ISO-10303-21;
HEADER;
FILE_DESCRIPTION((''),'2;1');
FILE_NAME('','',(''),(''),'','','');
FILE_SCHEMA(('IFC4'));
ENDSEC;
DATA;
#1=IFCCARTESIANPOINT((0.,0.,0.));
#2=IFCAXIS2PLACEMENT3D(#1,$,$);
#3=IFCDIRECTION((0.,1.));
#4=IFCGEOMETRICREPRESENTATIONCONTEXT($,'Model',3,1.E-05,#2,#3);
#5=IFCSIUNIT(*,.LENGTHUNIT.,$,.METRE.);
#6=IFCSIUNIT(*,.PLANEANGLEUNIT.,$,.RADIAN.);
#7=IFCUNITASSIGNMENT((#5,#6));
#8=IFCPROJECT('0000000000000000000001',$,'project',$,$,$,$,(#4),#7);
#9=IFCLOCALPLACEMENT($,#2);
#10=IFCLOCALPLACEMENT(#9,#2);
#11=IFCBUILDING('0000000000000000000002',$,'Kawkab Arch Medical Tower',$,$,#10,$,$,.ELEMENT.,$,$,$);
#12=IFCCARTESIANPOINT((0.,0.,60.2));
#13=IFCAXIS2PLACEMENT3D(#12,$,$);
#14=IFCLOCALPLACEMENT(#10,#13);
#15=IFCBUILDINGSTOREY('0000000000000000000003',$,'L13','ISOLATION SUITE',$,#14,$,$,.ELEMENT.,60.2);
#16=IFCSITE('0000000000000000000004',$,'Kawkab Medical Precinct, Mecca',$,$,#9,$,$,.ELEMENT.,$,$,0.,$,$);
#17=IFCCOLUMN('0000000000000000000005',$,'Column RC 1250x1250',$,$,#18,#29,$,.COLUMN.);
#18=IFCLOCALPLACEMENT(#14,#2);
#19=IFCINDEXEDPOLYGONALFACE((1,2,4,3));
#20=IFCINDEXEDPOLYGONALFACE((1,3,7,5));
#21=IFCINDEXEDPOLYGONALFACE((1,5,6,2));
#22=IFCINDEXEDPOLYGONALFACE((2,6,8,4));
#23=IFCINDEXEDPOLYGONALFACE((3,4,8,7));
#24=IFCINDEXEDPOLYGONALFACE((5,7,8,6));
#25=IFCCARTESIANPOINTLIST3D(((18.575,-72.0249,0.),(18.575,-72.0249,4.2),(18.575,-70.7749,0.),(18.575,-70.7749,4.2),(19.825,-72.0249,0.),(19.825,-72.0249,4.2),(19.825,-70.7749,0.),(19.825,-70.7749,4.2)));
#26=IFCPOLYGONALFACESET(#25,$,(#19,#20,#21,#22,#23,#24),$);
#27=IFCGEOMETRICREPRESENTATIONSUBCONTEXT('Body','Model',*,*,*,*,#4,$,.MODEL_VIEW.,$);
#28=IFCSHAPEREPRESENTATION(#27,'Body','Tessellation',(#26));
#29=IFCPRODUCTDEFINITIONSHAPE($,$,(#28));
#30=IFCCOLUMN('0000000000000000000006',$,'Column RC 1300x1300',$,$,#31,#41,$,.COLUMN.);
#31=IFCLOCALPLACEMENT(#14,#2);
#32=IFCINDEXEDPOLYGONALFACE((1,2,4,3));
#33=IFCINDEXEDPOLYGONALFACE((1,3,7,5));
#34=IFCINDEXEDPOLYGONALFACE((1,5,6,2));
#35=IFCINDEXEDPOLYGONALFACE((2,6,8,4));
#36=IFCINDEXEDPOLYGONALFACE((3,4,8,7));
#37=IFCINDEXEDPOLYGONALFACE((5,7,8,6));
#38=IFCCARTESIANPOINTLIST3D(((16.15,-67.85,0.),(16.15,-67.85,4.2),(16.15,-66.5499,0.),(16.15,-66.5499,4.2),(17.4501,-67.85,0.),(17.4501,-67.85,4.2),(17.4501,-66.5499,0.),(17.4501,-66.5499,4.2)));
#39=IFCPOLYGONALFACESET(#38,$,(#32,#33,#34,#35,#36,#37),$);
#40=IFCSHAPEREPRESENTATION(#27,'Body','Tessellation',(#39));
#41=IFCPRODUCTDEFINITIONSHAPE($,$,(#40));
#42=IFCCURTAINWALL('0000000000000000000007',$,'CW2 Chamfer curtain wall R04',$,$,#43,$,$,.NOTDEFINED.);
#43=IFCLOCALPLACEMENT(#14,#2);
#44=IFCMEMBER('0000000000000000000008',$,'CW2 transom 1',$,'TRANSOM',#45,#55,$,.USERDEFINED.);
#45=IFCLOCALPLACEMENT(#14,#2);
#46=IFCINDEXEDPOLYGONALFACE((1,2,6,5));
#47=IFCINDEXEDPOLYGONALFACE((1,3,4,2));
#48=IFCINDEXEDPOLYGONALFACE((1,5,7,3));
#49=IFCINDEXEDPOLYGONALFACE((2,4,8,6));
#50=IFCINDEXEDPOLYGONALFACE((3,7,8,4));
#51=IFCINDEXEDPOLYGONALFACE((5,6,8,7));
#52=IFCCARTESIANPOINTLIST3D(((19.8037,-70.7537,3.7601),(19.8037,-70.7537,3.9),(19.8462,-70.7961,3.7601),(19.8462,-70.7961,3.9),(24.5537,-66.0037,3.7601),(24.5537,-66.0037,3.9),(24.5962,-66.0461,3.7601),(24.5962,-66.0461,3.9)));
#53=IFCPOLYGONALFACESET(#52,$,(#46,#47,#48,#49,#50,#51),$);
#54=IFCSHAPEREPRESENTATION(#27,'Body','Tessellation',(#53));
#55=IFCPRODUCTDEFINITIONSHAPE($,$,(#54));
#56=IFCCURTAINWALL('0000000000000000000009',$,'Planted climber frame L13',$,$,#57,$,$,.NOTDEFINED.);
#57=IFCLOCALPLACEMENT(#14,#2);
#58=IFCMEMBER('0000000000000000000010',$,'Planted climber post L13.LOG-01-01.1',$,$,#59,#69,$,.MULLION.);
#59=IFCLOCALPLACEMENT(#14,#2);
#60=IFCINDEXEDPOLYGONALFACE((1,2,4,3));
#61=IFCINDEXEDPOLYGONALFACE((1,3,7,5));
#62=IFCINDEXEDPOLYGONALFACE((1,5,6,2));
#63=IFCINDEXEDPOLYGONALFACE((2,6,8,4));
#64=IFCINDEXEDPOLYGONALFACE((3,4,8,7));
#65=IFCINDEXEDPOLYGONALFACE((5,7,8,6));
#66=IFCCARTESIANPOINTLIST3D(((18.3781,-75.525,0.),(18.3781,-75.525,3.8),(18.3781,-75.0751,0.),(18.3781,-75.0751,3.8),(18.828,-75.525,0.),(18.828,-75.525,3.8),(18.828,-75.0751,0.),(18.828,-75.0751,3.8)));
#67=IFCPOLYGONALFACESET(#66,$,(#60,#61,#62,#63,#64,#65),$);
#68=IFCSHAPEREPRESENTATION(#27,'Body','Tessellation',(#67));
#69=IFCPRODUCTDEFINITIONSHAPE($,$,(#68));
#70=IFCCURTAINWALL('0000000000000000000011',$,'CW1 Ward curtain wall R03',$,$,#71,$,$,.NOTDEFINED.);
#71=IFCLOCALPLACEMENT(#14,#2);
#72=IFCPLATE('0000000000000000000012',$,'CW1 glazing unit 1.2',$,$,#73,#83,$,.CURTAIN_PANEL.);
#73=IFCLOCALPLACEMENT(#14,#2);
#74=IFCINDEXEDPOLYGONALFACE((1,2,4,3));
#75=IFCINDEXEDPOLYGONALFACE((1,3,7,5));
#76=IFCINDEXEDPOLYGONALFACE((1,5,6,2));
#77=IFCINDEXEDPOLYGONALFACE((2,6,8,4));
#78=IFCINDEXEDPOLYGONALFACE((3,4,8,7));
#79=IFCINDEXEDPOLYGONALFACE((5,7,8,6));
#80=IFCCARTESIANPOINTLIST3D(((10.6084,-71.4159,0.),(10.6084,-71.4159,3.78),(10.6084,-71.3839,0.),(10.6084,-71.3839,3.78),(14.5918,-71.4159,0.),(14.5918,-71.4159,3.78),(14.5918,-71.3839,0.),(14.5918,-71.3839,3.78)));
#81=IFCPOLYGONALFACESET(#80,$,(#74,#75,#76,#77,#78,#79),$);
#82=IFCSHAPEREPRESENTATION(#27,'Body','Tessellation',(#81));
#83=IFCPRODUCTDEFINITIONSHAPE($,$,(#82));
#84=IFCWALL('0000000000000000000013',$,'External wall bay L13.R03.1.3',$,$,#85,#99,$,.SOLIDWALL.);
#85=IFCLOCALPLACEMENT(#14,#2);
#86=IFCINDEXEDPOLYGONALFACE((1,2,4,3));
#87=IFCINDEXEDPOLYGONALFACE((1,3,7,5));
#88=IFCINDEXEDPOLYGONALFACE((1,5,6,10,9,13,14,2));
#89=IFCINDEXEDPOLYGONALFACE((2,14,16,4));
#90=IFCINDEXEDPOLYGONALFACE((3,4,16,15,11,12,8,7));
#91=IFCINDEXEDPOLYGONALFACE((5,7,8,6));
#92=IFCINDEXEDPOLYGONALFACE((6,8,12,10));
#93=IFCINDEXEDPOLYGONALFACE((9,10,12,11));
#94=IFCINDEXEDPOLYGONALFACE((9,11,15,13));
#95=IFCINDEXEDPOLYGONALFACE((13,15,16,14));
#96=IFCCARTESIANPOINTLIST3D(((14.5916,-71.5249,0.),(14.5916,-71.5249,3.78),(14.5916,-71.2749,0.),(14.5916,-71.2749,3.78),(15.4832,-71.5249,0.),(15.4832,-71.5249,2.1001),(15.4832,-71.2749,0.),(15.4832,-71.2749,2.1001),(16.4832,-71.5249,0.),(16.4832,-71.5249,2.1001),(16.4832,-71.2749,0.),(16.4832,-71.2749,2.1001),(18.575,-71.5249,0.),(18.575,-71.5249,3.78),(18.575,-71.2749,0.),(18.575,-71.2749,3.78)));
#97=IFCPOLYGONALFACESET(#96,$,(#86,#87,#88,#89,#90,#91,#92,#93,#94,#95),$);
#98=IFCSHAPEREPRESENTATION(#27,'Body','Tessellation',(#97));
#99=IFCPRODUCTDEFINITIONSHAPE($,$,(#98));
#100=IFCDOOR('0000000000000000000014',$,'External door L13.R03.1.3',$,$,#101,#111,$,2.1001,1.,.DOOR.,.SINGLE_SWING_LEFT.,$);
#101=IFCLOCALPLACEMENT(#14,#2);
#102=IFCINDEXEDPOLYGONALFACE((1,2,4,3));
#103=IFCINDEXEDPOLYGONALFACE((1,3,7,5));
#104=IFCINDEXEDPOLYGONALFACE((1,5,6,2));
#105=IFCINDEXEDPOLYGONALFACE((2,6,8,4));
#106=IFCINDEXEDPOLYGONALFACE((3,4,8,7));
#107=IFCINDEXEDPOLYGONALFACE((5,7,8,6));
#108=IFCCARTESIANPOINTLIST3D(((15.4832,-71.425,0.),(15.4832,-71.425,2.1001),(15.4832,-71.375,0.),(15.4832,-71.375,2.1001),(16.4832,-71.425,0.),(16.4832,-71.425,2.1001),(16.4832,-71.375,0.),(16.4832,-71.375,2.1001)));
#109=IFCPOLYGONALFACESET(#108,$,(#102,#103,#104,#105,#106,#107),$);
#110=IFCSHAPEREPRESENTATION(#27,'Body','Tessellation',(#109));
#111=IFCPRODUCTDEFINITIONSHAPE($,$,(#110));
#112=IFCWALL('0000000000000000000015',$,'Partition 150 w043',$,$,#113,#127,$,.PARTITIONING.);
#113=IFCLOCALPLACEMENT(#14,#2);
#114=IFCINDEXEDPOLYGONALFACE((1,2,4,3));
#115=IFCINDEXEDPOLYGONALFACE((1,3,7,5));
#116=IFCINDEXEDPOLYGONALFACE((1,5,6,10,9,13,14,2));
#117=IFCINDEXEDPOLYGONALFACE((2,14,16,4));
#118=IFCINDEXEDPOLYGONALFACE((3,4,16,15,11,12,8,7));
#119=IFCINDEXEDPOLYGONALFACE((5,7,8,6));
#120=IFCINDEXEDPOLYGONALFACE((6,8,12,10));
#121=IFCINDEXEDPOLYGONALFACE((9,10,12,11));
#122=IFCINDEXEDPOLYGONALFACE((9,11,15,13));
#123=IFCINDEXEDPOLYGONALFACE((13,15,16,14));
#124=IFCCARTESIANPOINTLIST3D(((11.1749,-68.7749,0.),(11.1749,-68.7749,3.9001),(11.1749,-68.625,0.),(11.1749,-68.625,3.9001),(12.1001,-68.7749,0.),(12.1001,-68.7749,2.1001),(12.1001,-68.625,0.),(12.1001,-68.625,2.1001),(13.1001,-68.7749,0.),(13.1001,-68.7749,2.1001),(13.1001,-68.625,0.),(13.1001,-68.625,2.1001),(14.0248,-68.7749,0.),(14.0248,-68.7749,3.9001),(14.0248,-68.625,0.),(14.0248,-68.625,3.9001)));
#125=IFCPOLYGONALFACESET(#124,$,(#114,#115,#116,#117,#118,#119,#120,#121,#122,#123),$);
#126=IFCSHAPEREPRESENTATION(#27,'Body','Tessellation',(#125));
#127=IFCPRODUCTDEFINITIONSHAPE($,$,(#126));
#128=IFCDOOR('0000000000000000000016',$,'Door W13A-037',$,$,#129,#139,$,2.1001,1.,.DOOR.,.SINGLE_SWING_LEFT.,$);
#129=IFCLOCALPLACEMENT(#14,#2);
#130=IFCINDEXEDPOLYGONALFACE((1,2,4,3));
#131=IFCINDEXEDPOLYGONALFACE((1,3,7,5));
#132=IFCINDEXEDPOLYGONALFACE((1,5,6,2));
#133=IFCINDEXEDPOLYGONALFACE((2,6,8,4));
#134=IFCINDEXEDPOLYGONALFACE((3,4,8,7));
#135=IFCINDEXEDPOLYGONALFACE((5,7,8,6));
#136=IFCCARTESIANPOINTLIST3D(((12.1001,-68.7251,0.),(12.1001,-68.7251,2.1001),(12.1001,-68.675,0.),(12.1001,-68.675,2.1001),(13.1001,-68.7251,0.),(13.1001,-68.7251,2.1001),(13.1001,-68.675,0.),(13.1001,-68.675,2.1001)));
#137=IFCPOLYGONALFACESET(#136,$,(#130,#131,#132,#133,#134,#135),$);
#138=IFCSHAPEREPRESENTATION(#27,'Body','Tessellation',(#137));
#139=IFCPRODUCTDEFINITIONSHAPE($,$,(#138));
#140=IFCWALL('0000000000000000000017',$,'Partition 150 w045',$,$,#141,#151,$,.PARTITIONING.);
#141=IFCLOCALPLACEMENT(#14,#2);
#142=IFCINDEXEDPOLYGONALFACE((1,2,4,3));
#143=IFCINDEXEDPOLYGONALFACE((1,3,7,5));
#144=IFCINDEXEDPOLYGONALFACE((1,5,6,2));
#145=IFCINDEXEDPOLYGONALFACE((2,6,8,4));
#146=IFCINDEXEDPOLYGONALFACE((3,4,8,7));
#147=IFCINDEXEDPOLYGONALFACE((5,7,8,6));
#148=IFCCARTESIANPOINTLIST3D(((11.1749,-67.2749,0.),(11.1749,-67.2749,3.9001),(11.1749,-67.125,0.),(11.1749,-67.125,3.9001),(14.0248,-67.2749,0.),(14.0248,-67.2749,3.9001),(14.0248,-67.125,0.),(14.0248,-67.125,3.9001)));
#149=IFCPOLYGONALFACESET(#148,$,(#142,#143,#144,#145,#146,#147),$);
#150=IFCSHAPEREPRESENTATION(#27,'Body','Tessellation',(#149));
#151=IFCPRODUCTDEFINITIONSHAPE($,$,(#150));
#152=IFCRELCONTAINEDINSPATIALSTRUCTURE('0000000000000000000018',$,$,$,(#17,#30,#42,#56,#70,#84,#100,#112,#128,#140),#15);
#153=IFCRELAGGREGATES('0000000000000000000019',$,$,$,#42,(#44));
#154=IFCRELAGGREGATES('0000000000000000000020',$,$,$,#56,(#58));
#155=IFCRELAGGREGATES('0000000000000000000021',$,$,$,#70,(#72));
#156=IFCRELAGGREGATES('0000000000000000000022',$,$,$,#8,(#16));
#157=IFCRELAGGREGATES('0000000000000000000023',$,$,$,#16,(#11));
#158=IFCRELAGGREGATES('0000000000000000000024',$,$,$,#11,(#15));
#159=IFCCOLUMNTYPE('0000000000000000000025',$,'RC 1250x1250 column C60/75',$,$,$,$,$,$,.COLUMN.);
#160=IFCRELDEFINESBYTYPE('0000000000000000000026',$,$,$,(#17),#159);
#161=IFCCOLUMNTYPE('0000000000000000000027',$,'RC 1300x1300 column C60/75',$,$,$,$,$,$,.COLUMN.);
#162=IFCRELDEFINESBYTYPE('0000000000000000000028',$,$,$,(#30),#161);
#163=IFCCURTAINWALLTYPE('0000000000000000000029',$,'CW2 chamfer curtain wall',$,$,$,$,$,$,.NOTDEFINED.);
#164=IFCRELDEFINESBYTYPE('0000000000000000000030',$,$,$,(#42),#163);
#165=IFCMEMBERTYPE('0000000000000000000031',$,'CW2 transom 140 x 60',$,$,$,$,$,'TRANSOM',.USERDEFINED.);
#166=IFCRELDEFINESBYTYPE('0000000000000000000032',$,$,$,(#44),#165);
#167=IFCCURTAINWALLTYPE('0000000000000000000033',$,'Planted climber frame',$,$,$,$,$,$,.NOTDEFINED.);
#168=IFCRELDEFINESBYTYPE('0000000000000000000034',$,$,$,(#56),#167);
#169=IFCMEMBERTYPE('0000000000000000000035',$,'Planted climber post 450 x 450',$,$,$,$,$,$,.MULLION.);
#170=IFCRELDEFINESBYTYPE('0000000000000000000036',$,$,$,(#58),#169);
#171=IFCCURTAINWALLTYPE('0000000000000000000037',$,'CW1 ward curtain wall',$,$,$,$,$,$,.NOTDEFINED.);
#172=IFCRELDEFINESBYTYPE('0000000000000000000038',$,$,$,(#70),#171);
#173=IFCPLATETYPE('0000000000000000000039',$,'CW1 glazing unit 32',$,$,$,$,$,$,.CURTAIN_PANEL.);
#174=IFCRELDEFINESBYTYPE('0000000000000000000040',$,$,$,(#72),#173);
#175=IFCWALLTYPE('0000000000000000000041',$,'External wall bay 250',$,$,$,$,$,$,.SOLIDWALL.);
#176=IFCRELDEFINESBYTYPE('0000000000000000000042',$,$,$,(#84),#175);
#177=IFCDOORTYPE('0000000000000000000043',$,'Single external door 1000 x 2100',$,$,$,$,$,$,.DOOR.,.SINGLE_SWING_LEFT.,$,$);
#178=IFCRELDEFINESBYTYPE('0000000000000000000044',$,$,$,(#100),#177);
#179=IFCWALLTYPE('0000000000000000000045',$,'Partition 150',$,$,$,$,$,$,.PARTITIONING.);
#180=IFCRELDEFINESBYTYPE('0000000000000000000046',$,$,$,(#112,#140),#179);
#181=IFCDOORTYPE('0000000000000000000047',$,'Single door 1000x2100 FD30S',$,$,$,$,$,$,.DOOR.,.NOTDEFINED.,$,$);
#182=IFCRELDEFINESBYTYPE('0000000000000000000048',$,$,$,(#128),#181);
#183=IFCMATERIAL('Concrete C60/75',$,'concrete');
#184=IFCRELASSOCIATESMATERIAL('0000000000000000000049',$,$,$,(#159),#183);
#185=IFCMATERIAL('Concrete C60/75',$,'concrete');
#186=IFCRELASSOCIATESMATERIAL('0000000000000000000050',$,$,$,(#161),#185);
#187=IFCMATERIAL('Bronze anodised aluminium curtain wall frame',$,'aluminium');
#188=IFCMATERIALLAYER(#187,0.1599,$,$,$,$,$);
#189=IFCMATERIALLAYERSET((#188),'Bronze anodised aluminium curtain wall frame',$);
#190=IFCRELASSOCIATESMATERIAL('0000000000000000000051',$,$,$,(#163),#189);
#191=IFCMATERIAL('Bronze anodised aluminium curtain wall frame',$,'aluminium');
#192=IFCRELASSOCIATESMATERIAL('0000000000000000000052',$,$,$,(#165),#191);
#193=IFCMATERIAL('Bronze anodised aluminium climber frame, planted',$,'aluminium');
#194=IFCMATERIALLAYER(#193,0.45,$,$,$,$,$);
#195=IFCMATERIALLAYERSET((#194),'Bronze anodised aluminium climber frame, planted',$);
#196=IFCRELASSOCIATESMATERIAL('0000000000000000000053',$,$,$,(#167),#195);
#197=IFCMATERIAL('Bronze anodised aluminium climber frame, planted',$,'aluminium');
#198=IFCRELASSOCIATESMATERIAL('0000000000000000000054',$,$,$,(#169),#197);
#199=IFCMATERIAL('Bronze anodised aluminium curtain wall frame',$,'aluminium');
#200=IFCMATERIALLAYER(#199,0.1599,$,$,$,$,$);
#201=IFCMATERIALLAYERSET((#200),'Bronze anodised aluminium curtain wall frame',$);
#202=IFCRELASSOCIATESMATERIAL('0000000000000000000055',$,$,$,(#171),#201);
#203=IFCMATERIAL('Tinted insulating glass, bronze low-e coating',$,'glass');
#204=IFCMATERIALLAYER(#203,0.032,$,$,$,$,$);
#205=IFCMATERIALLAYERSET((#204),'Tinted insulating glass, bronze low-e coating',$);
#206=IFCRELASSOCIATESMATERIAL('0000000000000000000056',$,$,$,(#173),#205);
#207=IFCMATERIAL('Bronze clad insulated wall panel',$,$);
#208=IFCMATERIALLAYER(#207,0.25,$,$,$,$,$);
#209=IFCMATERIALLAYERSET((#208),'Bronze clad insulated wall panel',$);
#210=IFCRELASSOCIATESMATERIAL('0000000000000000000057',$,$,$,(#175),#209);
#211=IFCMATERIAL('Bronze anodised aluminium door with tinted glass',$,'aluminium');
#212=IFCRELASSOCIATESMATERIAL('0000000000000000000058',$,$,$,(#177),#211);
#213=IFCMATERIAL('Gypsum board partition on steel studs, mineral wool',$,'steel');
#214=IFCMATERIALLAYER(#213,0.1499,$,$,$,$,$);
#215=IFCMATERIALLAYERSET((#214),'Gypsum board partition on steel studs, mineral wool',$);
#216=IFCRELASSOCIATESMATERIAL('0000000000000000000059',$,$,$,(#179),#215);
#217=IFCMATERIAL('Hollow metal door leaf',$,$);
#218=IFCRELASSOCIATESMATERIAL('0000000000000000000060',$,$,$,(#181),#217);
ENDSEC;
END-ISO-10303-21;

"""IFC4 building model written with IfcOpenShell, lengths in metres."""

from ifc_helpers import new_model, si_unit, direction, frame, frame_2d, origin, origin_2d, place, context, subcontext, project, spatial, rectangle, extrude, material, layer, layer_set, material_profile, profile_set, type_object, element, fill, aggregate, save


model = new_model("IFC4")

# Units and contexts
model_context = context("Model", 3, precision=1e-05, world=origin(), true_north=direction((0.0, 1.0)))
body_context = subcontext(model_context, "Body", "Model", "MODEL_VIEW")
ifc_project = project(units=[si_unit("LENGTHUNIT", "METRE"), si_unit("PLANEANGLEUNIT", "RADIAN")], contexts=[model_context])

# Site, building, storey
site_placement = place(None, origin())
site = spatial("IfcSite", under=ifc_project, at=site_placement, Name="Kawkab Medical Precinct, Mecca", CompositionType="ELEMENT", RefElevation=0.0)
building_placement = place(site_placement, origin())
building = spatial("IfcBuilding", under=site, at=building_placement, Name="Kawkab Arch Medical Tower", CompositionType="ELEMENT")
storey_placement = place(building_placement, frame((0.0, 0.0, 60.2)))
storey = spatial("IfcBuildingStorey", under=building, at=storey_placement, Name="L13", Description="ISOLATION SUITE", CompositionType="ELEMENT", Elevation=60.2)

# Columns
ifc_material_1 = material(Name="Concrete C60/75", Category="concrete")
ifc_material_profile_1 = material_profile(ifc_material_1, rectangle(XDim=1.25, YDim=1.25, at=origin_2d()), Name="RC 1250x1250")
ifc_profile_set_1 = profile_set([ifc_material_profile_1], Name="Concrete C60/75")
column_type_1 = type_object("IfcColumnType", Name="RC 1250x1250 column C60/75", PredefinedType="COLUMN", material=ifc_profile_set_1)
column_1_placement = place(storey_placement, frame((19.2, -71.3999, 0.0), z_axis=(0.0, 0.0, 1.0), x_axis=(1.0, 0.0, 0.0)))
element("IfcColumn", 1, at=column_1_placement, inside=storey, type_object=column_type_1, Name="Column RC 1250x1250", PredefinedType="COLUMN", context=body_context, shape_type="SweptSolid", body=[
    extrude(rectangle(XDim=1.25, YDim=1.25, at=origin_2d()), origin(), (0.0, 0.0, 1.0), 4.2),
])
ifc_material_2 = material(Name="Concrete C60/75", Category="concrete")
ifc_material_profile_2 = material_profile(ifc_material_2, rectangle(XDim=1.3, YDim=1.3, at=origin_2d()), Name="RC 1300x1300")
ifc_profile_set_2 = profile_set([ifc_material_profile_2], Name="Concrete C60/75")
column_type_2 = type_object("IfcColumnType", Name="RC 1300x1300 column C60/75", PredefinedType="COLUMN", material=ifc_profile_set_2)
column_2_placement = place(storey_placement, frame((16.8, -67.2, 0.0), z_axis=(0.0, 0.0, 1.0), x_axis=(1.0, 0.0, 0.0)))
element("IfcColumn", 2, at=column_2_placement, inside=storey, type_object=column_type_2, Name="Column RC 1300x1300", PredefinedType="COLUMN", context=body_context, shape_type="SweptSolid", body=[
    extrude(rectangle(XDim=1.3, YDim=1.3, at=origin_2d()), origin(), (0.0, 0.0, 1.0), 4.2),
])

# Curtain walls, members
ifc_material_3 = material(Name="Bronze anodised aluminium curtain wall frame", Category="aluminium")
ifc_layer_1 = layer(ifc_material_3, 0.1599)
ifc_layer_set_1 = layer_set([ifc_layer_1], Name="Bronze anodised aluminium curtain wall frame")
curtain_wall_type_1 = type_object("IfcCurtainWallType", Name="CW2 chamfer curtain wall", PredefinedType="NOTDEFINED", material=ifc_layer_set_1)
placement = place(storey_placement, origin())
curtain_wall_1 = element("IfcCurtainWall", 3, at=placement, inside=storey, type_object=curtain_wall_type_1, Name="CW2 Chamfer curtain wall R04", PredefinedType="NOTDEFINED")
ifc_material_4 = material(Name="Bronze anodised aluminium curtain wall frame", Category="aluminium")
ifc_material_profile_3 = material_profile(ifc_material_4, rectangle(XDim=0.0601, YDim=0.1399, at=origin_2d()), Name="AL 60x140")
ifc_profile_set_3 = profile_set([ifc_material_profile_3], Name="Bronze anodised aluminium curtain wall frame")
member_type_1 = type_object("IfcMemberType", Name="CW2 transom 140 x 60", ElementType="TRANSOM", PredefinedType="USERDEFINED", material=ifc_profile_set_3)
member_1_placement = place(storey_placement, frame((19.825, -70.7749, 3.8301), z_axis=(0.707107, 0.707107, 0.0), x_axis=(-0.707107, 0.707107, 0.0)))
member_1 = element("IfcMember", 4, at=member_1_placement, type_object=member_type_1, Name="CW2 transom 1", ObjectType="TRANSOM", PredefinedType="USERDEFINED", context=body_context, shape_type="SweptSolid", body=[
    extrude(rectangle(XDim=0.0601, YDim=0.1399, at=origin_2d()), origin(), (0.0, 0.0, 1.0), 6.7175),
])
aggregate(curtain_wall_1, [member_1])
ifc_material_5 = material(Name="Bronze anodised aluminium climber frame, planted", Category="aluminium")
ifc_layer_2 = layer(ifc_material_5, 0.45)
ifc_layer_set_2 = layer_set([ifc_layer_2], Name="Bronze anodised aluminium climber frame, planted")
curtain_wall_type_2 = type_object("IfcCurtainWallType", Name="Planted climber frame", PredefinedType="NOTDEFINED", material=ifc_layer_set_2)
curtain_wall_2 = element("IfcCurtainWall", 5, at=placement, inside=storey, type_object=curtain_wall_type_2, Name="Planted climber frame L13", PredefinedType="NOTDEFINED")
ifc_material_6 = material(Name="Bronze anodised aluminium climber frame, planted", Category="aluminium")
ifc_material_profile_4 = material_profile(ifc_material_6, rectangle(XDim=0.45, YDim=0.45, at=origin_2d()), Name="Post 450x450")
ifc_profile_set_4 = profile_set([ifc_material_profile_4], Name="Bronze anodised aluminium climber frame, planted")
member_type_2 = type_object("IfcMemberType", Name="Planted climber post 450 x 450", PredefinedType="MULLION", material=ifc_profile_set_4)
member_2_placement = place(storey_placement, frame((18.603, -75.3, 0.0), z_axis=(0.0, 0.0, 1.0), x_axis=(1.0, 0.0, 0.0)))
member_2 = element("IfcMember", 6, at=member_2_placement, type_object=member_type_2, Name="Planted climber post L13.LOG-01-01.1", PredefinedType="MULLION", context=body_context, shape_type="SweptSolid", body=[
    extrude(rectangle(XDim=0.45, YDim=0.45, at=origin_2d()), origin(), (0.0, 0.0, 1.0), 3.8),
])
aggregate(curtain_wall_2, [member_2])

# Curtain wall, plate
ifc_material_7 = material(Name="Bronze anodised aluminium curtain wall frame", Category="aluminium")
ifc_layer_3 = layer(ifc_material_7, 0.1599)
ifc_layer_set_3 = layer_set([ifc_layer_3], Name="Bronze anodised aluminium curtain wall frame")
curtain_wall_type_3 = type_object("IfcCurtainWallType", Name="CW1 ward curtain wall", PredefinedType="NOTDEFINED", material=ifc_layer_set_3)
curtain_wall_3 = element("IfcCurtainWall", 7, at=placement, inside=storey, type_object=curtain_wall_type_3, Name="CW1 Ward curtain wall R03", PredefinedType="NOTDEFINED")
ifc_material_8 = material(Name="Tinted insulating glass, bronze low-e coating", Category="glass")
ifc_layer_4 = layer(ifc_material_8, 0.032)
ifc_layer_set_4 = layer_set([ifc_layer_4], Name="Tinted insulating glass, bronze low-e coating")
plate_type = type_object("IfcPlateType", Name="CW1 glazing unit 32", PredefinedType="CURTAIN_PANEL", material=ifc_layer_set_4)
plate_placement = place(storey_placement, frame((12.6001, -71.3999, 0.0), z_axis=(0.0, 0.0, 1.0), x_axis=(1.0, 0.0, 0.0)))
plate = element("IfcPlate", 8, at=plate_placement, type_object=plate_type, Name="CW1 glazing unit 1.2", PredefinedType="CURTAIN_PANEL", context=body_context, shape_type="SweptSolid", body=[
    extrude(rectangle(XDim=3.9834, YDim=0.032, at=origin_2d()), origin(), (0.0, 0.0, 1.0), 3.78),
])
aggregate(curtain_wall_3, [plate])

# Walls, openings, doors
ifc_material_9 = material(Name="Bronze clad insulated wall panel")
ifc_layer_5 = layer(ifc_material_9, 0.25)
ifc_layer_set_5 = layer_set([ifc_layer_5], Name="Bronze clad insulated wall panel")
wall_type_1 = type_object("IfcWallType", Name="External wall bay 250", PredefinedType="SOLIDWALL", material=ifc_layer_set_5)
wall_1_placement = place(storey_placement, frame((14.5916, -71.3999, 0.0), z_axis=(0.0, 0.0, 1.0), x_axis=(1.0, 0.0, 0.0)))
wall_1 = element("IfcWall", 9, at=wall_1_placement, inside=storey, type_object=wall_type_1, Name="External wall bay L13.R03.1.3", PredefinedType="SOLIDWALL", context=body_context, shape_type="SweptSolid", body=[
    extrude(rectangle(XDim=3.9834, YDim=0.25, at=frame_2d((1.9917, 0.0))), origin(), (0.0, 0.0, 1.0), 3.78),
])
opening_1_placement = place(wall_1_placement, frame((0.8916, 0.0, 0.0)))
opening_1 = element("IfcOpeningElement", 10, at=opening_1_placement, cuts=wall_1, PredefinedType="OPENING", context=body_context, shape_type="SweptSolid", body=[
    extrude(rectangle(XDim=1.0, YDim=2.1001, at=frame_2d((0.5, 1.05))), frame((0.0, 0.135, 0.0), z_axis=(0.0, -1.0, 0.0), x_axis=(1.0, 0.0, 0.0)), (0.0, 0.0, 1.0), 0.27),
])
ifc_material_10 = material(Name="Bronze anodised aluminium door with tinted glass", Category="aluminium")
door_type_1 = type_object("IfcDoorType", Name="Single external door 1000 x 2100", OperationType="SINGLE_SWING_LEFT", PredefinedType="DOOR", material=ifc_material_10)
door_1_placement = place(opening_1_placement, origin())
door_1 = element("IfcDoor", 11, at=door_1_placement, inside=storey, type_object=door_type_1, Name="External door L13.R03.1.3", OperationType="SINGLE_SWING_LEFT", OverallHeight=2.1001, OverallWidth=1.0, PredefinedType="DOOR", context=body_context, shape_type="SweptSolid", body=[
    extrude(rectangle(XDim=1.0, YDim=2.1001, at=frame_2d((0.5, 1.05))), frame((0.0, 0.0249, 0.0), z_axis=(0.0, -1.0, 0.0), x_axis=(1.0, 0.0, 0.0)), (0.0, 0.0, 1.0), 0.05),
])
fill(opening_1, door_1)
ifc_material_11 = material(Name="Gypsum board partition on steel studs, mineral wool", Category="steel")
ifc_layer_6 = layer(ifc_material_11, 0.1499)
ifc_layer_set_6 = layer_set([ifc_layer_6], Name="Gypsum board partition on steel studs, mineral wool")
wall_type_2 = type_object("IfcWallType", Name="Partition 150", PredefinedType="PARTITIONING", material=ifc_layer_set_6)
wall_2_placement = place(storey_placement, frame((11.175, -68.7, 0.0), z_axis=(0.0, 0.0, 1.0), x_axis=(1.0, 0.0, 0.0)))
wall_2 = element("IfcWall", 12, at=wall_2_placement, inside=storey, type_object=wall_type_2, Name="Partition 150 w043", PredefinedType="PARTITIONING", context=body_context, shape_type="SweptSolid", body=[
    extrude(rectangle(XDim=2.8499, YDim=0.1499, at=frame_2d((1.4248, 0.0))), origin(), (0.0, 0.0, 1.0), 3.9001),
])
opening_2_placement = place(wall_2_placement, frame((0.925, 0.0, 0.0)))
opening_2 = element("IfcOpeningElement", 13, at=opening_2_placement, cuts=wall_2, PredefinedType="OPENING", context=body_context, shape_type="SweptSolid", body=[
    extrude(rectangle(XDim=1.0, YDim=2.1001, at=frame_2d((0.5, 1.05))), frame((0.0, 0.085, 0.0), z_axis=(0.0, -1.0, 0.0), x_axis=(1.0, 0.0, 0.0)), (0.0, 0.0, 1.0), 0.1699),
])
ifc_material_12 = material(Name="Hollow metal door leaf")
door_type_2 = type_object("IfcDoorType", Name="Single door 1000x2100 FD30S", OperationType="NOTDEFINED", PredefinedType="DOOR", material=ifc_material_12)
door_2_placement = place(opening_2_placement, origin())
door_2 = element("IfcDoor", 14, at=door_2_placement, inside=storey, type_object=door_type_2, Name="Door W13A-037", OperationType="SINGLE_SWING_LEFT", OverallHeight=2.1001, OverallWidth=1.0, PredefinedType="DOOR", context=body_context, shape_type="SweptSolid", body=[
    extrude(rectangle(XDim=1.0, YDim=2.1001, at=frame_2d((0.5, 1.05))), frame((0.0, 0.0249, 0.0), z_axis=(0.0, -1.0, 0.0), x_axis=(1.0, 0.0, 0.0)), (0.0, 0.0, 1.0), 0.05),
])
fill(opening_2, door_2)

# Wall
wall_3_placement = place(storey_placement, frame((11.175, -67.2, 0.0), z_axis=(0.0, 0.0, 1.0), x_axis=(1.0, 0.0, 0.0)))
element("IfcWall", 15, at=wall_3_placement, inside=storey, type_object=wall_type_2, Name="Partition 150 w045", PredefinedType="PARTITIONING", context=body_context, shape_type="SweptSolid", body=[
    extrude(rectangle(XDim=2.8499, YDim=0.1499, at=frame_2d((1.4248, 0.0))), origin(), (0.0, 0.0, 1.0), 3.9001),
])

save(model, "model.ifc")
